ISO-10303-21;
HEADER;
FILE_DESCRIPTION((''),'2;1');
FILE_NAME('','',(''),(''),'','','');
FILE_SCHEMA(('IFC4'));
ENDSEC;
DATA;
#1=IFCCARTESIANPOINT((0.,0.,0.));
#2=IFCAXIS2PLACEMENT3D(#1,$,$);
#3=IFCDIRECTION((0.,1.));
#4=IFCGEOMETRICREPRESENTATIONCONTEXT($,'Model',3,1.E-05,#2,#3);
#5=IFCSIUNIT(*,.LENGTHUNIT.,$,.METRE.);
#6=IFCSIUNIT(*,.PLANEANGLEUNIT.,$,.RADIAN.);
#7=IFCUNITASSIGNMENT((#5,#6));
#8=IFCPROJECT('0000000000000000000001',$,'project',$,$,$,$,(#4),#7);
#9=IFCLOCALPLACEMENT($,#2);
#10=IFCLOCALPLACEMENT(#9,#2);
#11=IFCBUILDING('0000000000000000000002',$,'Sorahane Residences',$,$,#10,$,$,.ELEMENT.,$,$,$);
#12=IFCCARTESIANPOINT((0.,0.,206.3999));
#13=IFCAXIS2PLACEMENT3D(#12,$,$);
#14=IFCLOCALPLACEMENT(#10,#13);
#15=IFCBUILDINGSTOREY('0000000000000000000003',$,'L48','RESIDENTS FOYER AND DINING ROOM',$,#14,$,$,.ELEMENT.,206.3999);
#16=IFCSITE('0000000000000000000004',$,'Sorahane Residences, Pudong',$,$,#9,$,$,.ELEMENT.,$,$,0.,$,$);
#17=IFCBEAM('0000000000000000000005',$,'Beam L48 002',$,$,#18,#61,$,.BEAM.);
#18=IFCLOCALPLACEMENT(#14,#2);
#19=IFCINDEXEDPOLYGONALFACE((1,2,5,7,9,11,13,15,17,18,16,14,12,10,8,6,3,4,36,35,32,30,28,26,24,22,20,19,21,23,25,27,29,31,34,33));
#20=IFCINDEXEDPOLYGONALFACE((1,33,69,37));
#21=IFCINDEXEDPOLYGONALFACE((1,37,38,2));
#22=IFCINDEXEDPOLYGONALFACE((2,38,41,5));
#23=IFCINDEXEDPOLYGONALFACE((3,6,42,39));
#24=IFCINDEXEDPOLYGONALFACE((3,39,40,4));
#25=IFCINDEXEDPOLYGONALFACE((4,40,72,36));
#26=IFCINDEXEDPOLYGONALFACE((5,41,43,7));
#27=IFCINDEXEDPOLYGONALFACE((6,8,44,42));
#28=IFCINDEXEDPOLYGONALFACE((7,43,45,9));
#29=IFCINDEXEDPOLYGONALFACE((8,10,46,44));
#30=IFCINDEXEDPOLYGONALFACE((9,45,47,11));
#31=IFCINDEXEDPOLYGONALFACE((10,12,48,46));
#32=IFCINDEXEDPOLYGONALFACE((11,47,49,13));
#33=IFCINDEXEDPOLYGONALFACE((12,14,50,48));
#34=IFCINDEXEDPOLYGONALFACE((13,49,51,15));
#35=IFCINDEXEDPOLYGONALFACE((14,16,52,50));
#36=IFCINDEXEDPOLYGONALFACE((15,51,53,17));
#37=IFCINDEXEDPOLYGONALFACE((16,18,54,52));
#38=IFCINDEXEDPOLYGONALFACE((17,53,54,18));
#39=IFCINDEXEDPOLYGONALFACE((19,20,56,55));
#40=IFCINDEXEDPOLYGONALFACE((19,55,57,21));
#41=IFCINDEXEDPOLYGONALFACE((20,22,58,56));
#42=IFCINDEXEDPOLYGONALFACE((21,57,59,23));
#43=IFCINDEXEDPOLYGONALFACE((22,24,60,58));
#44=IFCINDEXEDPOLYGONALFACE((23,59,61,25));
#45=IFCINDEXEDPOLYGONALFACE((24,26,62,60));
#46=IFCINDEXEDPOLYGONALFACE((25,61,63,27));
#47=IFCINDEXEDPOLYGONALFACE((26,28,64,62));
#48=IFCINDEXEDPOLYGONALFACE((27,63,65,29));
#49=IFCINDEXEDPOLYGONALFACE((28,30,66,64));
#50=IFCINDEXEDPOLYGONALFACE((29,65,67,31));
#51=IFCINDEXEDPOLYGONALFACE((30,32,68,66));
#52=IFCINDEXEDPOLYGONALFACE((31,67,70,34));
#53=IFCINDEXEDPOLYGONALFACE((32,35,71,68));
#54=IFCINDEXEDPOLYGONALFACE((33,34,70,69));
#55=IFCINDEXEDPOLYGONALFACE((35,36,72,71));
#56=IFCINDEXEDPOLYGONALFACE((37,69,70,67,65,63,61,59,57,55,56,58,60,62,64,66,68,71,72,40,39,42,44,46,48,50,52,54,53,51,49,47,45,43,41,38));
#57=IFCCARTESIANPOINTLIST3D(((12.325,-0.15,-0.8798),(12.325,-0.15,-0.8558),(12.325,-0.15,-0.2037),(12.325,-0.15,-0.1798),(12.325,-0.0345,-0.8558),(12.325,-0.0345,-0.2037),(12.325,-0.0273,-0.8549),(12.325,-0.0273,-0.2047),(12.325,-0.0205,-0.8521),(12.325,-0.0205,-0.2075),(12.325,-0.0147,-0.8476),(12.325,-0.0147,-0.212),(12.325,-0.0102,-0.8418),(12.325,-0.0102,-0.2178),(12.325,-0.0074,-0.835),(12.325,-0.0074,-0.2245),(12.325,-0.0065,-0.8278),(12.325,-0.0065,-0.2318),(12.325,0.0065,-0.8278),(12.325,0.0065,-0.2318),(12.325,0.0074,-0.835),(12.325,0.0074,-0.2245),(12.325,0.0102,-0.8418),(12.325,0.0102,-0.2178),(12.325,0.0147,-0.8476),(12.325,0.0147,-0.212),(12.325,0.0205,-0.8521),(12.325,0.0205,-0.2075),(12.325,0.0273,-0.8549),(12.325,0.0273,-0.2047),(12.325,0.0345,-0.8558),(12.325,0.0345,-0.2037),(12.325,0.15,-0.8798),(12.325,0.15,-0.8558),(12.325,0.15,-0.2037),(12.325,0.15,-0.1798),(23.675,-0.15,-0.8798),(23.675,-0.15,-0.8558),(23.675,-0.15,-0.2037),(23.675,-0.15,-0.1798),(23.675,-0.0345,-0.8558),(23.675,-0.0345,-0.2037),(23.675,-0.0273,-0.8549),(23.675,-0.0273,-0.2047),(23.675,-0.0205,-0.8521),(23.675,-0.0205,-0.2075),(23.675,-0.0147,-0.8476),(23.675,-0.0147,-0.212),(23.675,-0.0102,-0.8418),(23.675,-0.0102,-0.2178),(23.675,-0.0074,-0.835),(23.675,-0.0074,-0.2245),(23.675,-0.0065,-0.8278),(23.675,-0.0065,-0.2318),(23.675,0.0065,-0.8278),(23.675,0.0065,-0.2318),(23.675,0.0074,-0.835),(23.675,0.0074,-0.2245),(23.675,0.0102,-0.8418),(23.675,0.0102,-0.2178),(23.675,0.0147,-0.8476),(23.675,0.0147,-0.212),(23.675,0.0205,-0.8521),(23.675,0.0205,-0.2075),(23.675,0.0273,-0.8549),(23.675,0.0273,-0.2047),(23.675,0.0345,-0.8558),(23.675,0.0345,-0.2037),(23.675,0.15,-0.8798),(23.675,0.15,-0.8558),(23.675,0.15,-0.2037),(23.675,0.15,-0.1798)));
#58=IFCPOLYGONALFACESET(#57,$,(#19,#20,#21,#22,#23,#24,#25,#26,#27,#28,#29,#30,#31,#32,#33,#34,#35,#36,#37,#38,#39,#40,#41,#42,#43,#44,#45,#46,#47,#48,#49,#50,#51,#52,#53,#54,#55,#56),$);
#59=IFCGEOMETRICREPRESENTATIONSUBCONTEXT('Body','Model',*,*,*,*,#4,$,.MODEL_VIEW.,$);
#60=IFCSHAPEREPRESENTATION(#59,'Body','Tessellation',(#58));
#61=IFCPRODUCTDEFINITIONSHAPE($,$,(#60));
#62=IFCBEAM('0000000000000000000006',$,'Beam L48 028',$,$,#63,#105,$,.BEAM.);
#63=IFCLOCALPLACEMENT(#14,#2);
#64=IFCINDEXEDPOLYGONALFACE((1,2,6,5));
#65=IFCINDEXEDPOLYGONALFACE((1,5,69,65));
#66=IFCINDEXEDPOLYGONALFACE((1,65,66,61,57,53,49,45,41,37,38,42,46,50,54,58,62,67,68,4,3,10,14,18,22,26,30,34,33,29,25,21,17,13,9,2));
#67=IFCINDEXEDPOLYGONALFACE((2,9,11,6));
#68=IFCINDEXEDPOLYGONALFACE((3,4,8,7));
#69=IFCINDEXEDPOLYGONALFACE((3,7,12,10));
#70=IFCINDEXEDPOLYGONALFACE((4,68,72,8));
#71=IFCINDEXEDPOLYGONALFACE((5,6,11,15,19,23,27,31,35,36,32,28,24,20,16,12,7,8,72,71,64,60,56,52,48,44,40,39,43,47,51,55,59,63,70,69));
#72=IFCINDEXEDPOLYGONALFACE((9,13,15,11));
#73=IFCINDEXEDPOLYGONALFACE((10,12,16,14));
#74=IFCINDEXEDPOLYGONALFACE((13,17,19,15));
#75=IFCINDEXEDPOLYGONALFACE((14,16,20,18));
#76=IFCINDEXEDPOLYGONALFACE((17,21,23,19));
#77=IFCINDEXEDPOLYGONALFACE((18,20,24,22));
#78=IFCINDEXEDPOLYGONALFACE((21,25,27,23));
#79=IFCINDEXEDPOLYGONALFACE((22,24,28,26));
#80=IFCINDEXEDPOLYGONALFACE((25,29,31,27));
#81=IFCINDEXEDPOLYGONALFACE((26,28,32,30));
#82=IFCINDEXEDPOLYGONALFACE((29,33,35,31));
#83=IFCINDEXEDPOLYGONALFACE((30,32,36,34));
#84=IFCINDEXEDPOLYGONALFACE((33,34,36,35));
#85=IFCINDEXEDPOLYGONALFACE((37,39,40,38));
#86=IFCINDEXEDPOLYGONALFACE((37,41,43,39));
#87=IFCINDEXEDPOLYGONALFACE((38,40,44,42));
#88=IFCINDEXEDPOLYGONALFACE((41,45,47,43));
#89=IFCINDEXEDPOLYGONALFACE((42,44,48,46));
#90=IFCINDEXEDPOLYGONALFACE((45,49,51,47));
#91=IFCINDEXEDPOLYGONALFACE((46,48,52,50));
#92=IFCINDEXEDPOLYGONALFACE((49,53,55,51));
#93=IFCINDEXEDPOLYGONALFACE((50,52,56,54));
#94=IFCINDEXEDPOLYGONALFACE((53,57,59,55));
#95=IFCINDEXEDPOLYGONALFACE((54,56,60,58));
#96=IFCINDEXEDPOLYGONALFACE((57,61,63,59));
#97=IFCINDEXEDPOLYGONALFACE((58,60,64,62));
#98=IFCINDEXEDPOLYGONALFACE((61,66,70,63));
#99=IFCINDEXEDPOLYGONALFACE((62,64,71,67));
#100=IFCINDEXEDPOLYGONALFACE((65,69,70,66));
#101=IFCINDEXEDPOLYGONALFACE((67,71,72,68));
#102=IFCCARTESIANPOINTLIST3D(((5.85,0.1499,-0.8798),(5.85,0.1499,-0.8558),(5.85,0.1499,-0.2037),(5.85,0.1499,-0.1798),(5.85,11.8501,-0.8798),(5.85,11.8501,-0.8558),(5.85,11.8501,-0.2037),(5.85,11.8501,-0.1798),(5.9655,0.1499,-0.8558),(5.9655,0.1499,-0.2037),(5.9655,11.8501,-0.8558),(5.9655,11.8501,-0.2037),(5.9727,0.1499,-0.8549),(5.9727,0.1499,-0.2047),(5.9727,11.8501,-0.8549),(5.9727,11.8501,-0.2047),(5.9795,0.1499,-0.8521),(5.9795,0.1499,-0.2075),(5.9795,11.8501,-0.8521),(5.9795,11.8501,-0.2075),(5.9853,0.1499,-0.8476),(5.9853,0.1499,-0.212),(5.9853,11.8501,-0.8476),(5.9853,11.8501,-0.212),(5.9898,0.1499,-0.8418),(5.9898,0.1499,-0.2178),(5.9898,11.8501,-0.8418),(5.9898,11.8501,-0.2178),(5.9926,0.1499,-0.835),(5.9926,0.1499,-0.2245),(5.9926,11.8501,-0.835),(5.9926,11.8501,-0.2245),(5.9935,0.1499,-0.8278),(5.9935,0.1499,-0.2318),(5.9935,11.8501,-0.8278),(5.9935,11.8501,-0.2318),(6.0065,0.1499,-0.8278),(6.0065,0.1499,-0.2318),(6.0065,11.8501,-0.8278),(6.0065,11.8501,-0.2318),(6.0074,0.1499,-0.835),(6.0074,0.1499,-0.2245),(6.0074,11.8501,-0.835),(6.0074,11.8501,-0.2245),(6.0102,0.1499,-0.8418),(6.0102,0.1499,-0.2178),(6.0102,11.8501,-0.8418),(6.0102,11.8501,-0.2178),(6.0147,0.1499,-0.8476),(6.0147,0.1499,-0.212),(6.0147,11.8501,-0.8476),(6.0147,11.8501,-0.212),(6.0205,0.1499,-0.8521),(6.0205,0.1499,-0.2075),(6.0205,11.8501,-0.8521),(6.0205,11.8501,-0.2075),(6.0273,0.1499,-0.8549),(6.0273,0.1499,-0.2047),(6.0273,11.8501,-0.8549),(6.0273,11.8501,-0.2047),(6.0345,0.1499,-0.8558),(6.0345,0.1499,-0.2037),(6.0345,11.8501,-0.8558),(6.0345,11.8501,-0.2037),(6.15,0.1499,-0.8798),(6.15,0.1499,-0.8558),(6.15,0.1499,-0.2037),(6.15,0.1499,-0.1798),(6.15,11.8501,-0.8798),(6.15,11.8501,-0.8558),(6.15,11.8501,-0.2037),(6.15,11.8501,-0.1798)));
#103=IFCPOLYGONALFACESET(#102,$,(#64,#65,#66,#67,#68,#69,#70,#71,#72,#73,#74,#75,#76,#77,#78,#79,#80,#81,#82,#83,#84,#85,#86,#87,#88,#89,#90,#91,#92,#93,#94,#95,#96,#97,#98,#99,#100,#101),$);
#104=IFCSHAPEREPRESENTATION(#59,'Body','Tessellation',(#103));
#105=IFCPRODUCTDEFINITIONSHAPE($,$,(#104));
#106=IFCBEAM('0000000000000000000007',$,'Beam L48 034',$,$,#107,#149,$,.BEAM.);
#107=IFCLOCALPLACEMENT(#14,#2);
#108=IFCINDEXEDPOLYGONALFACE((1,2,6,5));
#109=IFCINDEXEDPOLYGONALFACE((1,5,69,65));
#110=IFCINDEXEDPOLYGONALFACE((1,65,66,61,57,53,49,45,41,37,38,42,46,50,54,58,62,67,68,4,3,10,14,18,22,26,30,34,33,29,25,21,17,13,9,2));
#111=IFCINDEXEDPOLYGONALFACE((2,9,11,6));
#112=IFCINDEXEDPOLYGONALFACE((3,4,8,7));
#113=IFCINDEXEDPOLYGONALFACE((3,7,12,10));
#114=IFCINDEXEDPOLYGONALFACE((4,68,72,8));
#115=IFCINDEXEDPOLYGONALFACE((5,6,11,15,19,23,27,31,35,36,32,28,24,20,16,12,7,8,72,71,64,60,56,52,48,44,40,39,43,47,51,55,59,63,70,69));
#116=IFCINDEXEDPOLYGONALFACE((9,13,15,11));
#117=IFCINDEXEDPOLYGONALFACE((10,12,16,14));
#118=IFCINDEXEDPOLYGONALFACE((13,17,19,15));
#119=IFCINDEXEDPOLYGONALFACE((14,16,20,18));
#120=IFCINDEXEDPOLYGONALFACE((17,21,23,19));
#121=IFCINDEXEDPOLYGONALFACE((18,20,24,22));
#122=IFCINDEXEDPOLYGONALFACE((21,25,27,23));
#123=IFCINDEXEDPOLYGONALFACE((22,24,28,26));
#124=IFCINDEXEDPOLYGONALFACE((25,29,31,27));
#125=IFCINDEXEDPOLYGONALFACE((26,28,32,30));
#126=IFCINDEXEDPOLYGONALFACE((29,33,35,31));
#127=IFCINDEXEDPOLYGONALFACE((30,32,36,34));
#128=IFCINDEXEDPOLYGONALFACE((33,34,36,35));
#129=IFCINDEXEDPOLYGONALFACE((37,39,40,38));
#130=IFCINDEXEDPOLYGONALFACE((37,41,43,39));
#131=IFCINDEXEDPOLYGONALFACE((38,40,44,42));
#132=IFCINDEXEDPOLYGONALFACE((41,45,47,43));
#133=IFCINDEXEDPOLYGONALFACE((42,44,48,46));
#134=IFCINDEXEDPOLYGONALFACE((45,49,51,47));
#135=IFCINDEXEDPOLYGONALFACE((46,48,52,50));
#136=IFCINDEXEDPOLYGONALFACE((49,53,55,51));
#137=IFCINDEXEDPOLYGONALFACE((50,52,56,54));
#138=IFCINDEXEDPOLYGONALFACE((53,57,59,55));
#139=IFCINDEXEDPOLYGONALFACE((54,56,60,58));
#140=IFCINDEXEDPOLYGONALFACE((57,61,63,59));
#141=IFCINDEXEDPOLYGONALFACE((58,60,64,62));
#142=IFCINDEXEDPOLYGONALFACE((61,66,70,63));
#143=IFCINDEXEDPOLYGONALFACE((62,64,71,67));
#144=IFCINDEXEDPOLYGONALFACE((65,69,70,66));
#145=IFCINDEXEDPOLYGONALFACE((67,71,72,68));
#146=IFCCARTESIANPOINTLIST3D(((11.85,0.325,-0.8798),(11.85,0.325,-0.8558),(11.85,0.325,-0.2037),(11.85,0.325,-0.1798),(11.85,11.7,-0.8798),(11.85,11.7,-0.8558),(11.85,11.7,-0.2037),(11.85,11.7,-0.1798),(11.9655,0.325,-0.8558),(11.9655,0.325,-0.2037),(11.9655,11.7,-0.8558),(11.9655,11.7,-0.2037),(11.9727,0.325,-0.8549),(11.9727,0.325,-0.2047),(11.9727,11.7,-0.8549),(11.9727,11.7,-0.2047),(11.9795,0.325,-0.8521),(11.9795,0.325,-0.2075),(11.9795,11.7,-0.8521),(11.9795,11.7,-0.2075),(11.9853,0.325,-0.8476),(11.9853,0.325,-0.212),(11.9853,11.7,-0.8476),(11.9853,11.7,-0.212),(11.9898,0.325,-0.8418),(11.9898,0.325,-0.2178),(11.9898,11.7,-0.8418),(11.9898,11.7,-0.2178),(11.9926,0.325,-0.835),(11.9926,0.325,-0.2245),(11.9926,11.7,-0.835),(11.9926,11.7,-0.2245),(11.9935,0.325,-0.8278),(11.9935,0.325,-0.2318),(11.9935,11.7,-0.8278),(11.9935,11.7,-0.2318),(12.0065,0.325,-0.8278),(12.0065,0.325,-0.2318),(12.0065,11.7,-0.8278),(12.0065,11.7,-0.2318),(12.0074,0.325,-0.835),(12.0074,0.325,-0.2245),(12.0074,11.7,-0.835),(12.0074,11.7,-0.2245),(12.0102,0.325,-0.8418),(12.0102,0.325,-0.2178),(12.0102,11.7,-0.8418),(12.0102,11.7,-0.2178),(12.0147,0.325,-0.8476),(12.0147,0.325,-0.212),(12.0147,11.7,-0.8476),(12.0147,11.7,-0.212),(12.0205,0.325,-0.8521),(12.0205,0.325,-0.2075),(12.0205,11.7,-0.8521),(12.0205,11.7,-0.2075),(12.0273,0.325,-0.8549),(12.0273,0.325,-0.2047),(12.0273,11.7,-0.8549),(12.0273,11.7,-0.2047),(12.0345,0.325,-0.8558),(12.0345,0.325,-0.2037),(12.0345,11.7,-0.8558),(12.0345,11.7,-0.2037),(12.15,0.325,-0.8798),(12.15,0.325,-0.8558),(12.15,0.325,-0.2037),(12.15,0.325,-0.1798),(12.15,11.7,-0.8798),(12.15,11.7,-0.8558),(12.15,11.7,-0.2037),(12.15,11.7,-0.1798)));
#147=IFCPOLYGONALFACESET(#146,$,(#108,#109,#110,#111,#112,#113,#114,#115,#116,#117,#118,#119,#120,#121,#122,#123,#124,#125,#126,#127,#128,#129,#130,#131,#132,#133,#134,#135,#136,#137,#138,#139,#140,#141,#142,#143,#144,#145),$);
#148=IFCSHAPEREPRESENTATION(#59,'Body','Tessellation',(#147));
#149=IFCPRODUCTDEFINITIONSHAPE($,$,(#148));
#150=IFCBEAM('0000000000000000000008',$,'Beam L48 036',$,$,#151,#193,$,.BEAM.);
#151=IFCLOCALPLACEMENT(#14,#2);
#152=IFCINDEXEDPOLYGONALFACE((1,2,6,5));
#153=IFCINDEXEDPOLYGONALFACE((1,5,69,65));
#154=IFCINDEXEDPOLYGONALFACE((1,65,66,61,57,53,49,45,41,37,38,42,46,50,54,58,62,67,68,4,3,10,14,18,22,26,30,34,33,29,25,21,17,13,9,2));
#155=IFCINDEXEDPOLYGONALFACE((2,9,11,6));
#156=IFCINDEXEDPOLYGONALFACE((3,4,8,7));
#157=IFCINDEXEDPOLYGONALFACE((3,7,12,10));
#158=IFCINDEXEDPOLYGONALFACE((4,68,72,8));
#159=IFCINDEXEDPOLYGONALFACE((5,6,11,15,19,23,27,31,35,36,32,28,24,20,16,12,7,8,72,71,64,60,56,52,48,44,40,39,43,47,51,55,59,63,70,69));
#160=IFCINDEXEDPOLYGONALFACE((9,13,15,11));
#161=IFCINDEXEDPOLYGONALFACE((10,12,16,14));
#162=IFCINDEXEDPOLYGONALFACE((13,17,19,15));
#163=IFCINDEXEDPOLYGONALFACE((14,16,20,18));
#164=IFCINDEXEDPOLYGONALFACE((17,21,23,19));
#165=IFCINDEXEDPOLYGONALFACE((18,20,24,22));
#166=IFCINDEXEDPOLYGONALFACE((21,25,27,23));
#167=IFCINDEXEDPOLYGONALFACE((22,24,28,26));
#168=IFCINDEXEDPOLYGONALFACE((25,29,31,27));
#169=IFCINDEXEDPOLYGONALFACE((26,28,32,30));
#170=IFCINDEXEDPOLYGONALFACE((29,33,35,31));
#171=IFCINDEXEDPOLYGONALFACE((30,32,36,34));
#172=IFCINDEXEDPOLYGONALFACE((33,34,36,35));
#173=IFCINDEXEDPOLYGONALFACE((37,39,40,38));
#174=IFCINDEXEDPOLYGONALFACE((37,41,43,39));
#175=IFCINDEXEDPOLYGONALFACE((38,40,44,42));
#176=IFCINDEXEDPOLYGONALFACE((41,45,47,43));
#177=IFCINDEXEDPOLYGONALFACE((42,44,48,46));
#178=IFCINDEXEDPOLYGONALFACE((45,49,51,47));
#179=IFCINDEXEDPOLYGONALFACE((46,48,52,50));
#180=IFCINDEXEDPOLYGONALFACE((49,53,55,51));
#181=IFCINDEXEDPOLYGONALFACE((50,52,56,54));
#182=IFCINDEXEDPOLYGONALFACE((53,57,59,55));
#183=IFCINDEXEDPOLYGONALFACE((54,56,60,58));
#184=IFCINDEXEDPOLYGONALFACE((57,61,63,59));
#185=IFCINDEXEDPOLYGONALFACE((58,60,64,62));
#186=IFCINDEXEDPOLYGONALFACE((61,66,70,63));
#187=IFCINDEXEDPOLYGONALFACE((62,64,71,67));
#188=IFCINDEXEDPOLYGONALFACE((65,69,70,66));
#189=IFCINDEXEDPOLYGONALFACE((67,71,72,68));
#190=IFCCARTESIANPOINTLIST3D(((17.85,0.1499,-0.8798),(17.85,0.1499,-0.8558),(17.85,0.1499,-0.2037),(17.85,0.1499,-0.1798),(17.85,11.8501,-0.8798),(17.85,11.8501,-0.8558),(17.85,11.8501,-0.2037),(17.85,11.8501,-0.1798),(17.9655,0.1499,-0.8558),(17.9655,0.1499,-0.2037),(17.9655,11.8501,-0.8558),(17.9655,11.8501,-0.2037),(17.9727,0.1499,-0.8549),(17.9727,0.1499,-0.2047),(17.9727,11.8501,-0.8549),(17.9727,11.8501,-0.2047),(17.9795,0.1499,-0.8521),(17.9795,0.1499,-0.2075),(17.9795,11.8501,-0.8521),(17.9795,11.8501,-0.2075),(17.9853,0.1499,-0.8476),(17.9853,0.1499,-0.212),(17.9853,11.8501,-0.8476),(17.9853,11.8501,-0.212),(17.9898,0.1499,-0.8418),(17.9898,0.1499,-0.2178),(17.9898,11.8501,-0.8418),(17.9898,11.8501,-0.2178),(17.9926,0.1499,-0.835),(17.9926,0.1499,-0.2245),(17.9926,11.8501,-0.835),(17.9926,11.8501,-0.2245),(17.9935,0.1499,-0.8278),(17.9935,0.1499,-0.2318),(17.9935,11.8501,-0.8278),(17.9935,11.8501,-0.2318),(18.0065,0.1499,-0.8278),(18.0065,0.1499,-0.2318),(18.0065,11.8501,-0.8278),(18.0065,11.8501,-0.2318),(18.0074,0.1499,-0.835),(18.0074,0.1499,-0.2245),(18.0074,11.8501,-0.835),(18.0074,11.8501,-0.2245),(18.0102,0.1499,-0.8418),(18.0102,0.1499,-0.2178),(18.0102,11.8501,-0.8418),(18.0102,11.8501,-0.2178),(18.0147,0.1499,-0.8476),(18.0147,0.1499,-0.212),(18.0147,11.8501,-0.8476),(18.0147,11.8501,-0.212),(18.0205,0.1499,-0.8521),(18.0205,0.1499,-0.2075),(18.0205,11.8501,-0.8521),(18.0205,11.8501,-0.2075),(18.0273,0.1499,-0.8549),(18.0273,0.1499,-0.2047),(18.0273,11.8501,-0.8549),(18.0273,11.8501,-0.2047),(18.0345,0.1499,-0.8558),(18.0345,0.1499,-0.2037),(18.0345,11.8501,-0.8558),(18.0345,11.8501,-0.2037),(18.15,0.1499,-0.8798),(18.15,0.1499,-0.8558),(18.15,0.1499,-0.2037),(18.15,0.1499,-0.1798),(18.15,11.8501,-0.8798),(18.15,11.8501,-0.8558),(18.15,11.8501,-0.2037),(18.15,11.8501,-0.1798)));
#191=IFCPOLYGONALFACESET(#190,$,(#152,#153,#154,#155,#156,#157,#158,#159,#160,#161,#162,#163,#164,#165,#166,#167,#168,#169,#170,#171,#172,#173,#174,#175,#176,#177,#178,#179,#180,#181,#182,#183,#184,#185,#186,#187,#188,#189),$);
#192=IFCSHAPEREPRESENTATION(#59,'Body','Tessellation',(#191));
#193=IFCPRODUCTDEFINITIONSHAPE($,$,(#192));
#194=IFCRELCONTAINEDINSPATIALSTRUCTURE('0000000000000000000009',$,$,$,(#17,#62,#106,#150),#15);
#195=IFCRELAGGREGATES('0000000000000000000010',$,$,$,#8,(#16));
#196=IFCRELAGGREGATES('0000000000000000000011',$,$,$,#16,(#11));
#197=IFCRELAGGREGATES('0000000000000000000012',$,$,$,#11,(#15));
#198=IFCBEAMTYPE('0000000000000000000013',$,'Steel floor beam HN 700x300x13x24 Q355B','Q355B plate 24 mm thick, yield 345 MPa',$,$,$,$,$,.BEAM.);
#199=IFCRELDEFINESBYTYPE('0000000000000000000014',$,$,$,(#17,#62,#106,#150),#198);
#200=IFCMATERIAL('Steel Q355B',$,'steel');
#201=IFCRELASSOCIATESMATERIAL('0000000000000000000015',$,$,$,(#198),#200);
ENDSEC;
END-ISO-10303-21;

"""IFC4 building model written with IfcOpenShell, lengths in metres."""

from ifc_helpers import new_model, si_unit, direction, frame, origin, origin_2d, place, context, subcontext, project, spatial, i_section, extrude, material, material_profile, profile_set, type_object, element, save


model = new_model("IFC4")

# Units and contexts
model_context = context("Model", 3, precision=1e-05, world=origin(), true_north=direction((0.0, 1.0)))
body_context = subcontext(model_context, "Body", "Model", "MODEL_VIEW")
ifc_project = project(units=[si_unit("LENGTHUNIT", "METRE"), si_unit("PLANEANGLEUNIT", "RADIAN")], contexts=[model_context])

# Site, building, storey
site_placement = place(None, origin())
site = spatial("IfcSite", under=ifc_project, at=site_placement, Name="Sorahane Residences, Pudong", CompositionType="ELEMENT", RefElevation=0.0)
building_placement = place(site_placement, origin())
building = spatial("IfcBuilding", under=site, at=building_placement, Name="Sorahane Residences", CompositionType="ELEMENT")
storey_placement = place(building_placement, frame((0.0, 0.0, 206.3999)))
storey = spatial("IfcBuildingStorey", under=building, at=storey_placement, Name="L48", Description="RESIDENTS FOYER AND DINING ROOM", CompositionType="ELEMENT", Elevation=206.3999)

# Beams
ifc_material_1 = material(Name="Steel Q355B", Category="steel")
ifc_material_profile_1 = material_profile(ifc_material_1, i_section(OverallWidth=0.3, OverallDepth=0.7, WebThickness=0.0129, FlangeThickness=0.0239, FilletRadius=0.0281, at=origin_2d()), Name="HN 700x300x13x24")
ifc_profile_set_1 = profile_set([ifc_material_profile_1], Name="Steel Q355B")
beam_type_1 = type_object("IfcBeamType", Name="Steel floor beam HN 700x300x13x24 Q355B", Description="Q355B plate 24 mm thick, yield 345 MPa", PredefinedType="BEAM", material=ifc_profile_set_1)
for number, where, z_axis, x_axis, name in (
    (1, (12.325, 0.0, -0.5298), (1.0, 0.0, 0.0), (0.0, 1.0, 0.0), "Beam L48 002"),
):
    element("IfcBeam", number, at=place(storey_placement, frame(where, z_axis=z_axis, x_axis=x_axis)), inside=storey, type_object=beam_type_1, Name=name, PredefinedType="BEAM", context=body_context, shape_type="SweptSolid", body=[
        extrude(i_section(OverallWidth=0.3, OverallDepth=0.7, WebThickness=0.0129, FlangeThickness=0.0239, FilletRadius=0.0281, at=origin_2d()), origin(), (0.0, 0.0, 1.0), 11.3501),
    ])
beam_1_placement = place(storey_placement, frame((6.0, 0.1499, -0.5298), z_axis=(0.0, 1.0, 0.0), x_axis=(-1.0, 0.0, 0.0)))
element("IfcBeam", 2, at=beam_1_placement, inside=storey, type_object=beam_type_1, Name="Beam L48 028", PredefinedType="BEAM", context=body_context, shape_type="SweptSolid", body=[
    extrude(i_section(OverallWidth=0.3, OverallDepth=0.7, WebThickness=0.0129, FlangeThickness=0.0239, FilletRadius=0.0281, at=origin_2d()), origin(), (0.0, 0.0, 1.0), 11.7002),
])
beam_2_placement = place(storey_placement, frame((12.0, 0.325, -0.5298), z_axis=(0.0, 1.0, 0.0), x_axis=(-1.0, 0.0, 0.0)))
element("IfcBeam", 3, at=beam_2_placement, inside=storey, type_object=beam_type_1, Name="Beam L48 034", PredefinedType="BEAM", context=body_context, shape_type="SweptSolid", body=[
    extrude(i_section(OverallWidth=0.3, OverallDepth=0.7, WebThickness=0.0129, FlangeThickness=0.0239, FilletRadius=0.0281, at=origin_2d()), origin(), (0.0, 0.0, 1.0), 11.375),
])
beam_3_placement = place(storey_placement, frame((18.0, 0.1499, -0.5298), z_axis=(0.0, 1.0, 0.0), x_axis=(-1.0, 0.0, 0.0)))
element("IfcBeam", 4, at=beam_3_placement, inside=storey, type_object=beam_type_1, Name="Beam L48 036", PredefinedType="BEAM", context=body_context, shape_type="SweptSolid", body=[
    extrude(i_section(OverallWidth=0.3, OverallDepth=0.7, WebThickness=0.0129, FlangeThickness=0.0239, FilletRadius=0.0281, at=origin_2d()), origin(), (0.0, 0.0, 1.0), 11.7002),
])

save(model, "model.ifc")
